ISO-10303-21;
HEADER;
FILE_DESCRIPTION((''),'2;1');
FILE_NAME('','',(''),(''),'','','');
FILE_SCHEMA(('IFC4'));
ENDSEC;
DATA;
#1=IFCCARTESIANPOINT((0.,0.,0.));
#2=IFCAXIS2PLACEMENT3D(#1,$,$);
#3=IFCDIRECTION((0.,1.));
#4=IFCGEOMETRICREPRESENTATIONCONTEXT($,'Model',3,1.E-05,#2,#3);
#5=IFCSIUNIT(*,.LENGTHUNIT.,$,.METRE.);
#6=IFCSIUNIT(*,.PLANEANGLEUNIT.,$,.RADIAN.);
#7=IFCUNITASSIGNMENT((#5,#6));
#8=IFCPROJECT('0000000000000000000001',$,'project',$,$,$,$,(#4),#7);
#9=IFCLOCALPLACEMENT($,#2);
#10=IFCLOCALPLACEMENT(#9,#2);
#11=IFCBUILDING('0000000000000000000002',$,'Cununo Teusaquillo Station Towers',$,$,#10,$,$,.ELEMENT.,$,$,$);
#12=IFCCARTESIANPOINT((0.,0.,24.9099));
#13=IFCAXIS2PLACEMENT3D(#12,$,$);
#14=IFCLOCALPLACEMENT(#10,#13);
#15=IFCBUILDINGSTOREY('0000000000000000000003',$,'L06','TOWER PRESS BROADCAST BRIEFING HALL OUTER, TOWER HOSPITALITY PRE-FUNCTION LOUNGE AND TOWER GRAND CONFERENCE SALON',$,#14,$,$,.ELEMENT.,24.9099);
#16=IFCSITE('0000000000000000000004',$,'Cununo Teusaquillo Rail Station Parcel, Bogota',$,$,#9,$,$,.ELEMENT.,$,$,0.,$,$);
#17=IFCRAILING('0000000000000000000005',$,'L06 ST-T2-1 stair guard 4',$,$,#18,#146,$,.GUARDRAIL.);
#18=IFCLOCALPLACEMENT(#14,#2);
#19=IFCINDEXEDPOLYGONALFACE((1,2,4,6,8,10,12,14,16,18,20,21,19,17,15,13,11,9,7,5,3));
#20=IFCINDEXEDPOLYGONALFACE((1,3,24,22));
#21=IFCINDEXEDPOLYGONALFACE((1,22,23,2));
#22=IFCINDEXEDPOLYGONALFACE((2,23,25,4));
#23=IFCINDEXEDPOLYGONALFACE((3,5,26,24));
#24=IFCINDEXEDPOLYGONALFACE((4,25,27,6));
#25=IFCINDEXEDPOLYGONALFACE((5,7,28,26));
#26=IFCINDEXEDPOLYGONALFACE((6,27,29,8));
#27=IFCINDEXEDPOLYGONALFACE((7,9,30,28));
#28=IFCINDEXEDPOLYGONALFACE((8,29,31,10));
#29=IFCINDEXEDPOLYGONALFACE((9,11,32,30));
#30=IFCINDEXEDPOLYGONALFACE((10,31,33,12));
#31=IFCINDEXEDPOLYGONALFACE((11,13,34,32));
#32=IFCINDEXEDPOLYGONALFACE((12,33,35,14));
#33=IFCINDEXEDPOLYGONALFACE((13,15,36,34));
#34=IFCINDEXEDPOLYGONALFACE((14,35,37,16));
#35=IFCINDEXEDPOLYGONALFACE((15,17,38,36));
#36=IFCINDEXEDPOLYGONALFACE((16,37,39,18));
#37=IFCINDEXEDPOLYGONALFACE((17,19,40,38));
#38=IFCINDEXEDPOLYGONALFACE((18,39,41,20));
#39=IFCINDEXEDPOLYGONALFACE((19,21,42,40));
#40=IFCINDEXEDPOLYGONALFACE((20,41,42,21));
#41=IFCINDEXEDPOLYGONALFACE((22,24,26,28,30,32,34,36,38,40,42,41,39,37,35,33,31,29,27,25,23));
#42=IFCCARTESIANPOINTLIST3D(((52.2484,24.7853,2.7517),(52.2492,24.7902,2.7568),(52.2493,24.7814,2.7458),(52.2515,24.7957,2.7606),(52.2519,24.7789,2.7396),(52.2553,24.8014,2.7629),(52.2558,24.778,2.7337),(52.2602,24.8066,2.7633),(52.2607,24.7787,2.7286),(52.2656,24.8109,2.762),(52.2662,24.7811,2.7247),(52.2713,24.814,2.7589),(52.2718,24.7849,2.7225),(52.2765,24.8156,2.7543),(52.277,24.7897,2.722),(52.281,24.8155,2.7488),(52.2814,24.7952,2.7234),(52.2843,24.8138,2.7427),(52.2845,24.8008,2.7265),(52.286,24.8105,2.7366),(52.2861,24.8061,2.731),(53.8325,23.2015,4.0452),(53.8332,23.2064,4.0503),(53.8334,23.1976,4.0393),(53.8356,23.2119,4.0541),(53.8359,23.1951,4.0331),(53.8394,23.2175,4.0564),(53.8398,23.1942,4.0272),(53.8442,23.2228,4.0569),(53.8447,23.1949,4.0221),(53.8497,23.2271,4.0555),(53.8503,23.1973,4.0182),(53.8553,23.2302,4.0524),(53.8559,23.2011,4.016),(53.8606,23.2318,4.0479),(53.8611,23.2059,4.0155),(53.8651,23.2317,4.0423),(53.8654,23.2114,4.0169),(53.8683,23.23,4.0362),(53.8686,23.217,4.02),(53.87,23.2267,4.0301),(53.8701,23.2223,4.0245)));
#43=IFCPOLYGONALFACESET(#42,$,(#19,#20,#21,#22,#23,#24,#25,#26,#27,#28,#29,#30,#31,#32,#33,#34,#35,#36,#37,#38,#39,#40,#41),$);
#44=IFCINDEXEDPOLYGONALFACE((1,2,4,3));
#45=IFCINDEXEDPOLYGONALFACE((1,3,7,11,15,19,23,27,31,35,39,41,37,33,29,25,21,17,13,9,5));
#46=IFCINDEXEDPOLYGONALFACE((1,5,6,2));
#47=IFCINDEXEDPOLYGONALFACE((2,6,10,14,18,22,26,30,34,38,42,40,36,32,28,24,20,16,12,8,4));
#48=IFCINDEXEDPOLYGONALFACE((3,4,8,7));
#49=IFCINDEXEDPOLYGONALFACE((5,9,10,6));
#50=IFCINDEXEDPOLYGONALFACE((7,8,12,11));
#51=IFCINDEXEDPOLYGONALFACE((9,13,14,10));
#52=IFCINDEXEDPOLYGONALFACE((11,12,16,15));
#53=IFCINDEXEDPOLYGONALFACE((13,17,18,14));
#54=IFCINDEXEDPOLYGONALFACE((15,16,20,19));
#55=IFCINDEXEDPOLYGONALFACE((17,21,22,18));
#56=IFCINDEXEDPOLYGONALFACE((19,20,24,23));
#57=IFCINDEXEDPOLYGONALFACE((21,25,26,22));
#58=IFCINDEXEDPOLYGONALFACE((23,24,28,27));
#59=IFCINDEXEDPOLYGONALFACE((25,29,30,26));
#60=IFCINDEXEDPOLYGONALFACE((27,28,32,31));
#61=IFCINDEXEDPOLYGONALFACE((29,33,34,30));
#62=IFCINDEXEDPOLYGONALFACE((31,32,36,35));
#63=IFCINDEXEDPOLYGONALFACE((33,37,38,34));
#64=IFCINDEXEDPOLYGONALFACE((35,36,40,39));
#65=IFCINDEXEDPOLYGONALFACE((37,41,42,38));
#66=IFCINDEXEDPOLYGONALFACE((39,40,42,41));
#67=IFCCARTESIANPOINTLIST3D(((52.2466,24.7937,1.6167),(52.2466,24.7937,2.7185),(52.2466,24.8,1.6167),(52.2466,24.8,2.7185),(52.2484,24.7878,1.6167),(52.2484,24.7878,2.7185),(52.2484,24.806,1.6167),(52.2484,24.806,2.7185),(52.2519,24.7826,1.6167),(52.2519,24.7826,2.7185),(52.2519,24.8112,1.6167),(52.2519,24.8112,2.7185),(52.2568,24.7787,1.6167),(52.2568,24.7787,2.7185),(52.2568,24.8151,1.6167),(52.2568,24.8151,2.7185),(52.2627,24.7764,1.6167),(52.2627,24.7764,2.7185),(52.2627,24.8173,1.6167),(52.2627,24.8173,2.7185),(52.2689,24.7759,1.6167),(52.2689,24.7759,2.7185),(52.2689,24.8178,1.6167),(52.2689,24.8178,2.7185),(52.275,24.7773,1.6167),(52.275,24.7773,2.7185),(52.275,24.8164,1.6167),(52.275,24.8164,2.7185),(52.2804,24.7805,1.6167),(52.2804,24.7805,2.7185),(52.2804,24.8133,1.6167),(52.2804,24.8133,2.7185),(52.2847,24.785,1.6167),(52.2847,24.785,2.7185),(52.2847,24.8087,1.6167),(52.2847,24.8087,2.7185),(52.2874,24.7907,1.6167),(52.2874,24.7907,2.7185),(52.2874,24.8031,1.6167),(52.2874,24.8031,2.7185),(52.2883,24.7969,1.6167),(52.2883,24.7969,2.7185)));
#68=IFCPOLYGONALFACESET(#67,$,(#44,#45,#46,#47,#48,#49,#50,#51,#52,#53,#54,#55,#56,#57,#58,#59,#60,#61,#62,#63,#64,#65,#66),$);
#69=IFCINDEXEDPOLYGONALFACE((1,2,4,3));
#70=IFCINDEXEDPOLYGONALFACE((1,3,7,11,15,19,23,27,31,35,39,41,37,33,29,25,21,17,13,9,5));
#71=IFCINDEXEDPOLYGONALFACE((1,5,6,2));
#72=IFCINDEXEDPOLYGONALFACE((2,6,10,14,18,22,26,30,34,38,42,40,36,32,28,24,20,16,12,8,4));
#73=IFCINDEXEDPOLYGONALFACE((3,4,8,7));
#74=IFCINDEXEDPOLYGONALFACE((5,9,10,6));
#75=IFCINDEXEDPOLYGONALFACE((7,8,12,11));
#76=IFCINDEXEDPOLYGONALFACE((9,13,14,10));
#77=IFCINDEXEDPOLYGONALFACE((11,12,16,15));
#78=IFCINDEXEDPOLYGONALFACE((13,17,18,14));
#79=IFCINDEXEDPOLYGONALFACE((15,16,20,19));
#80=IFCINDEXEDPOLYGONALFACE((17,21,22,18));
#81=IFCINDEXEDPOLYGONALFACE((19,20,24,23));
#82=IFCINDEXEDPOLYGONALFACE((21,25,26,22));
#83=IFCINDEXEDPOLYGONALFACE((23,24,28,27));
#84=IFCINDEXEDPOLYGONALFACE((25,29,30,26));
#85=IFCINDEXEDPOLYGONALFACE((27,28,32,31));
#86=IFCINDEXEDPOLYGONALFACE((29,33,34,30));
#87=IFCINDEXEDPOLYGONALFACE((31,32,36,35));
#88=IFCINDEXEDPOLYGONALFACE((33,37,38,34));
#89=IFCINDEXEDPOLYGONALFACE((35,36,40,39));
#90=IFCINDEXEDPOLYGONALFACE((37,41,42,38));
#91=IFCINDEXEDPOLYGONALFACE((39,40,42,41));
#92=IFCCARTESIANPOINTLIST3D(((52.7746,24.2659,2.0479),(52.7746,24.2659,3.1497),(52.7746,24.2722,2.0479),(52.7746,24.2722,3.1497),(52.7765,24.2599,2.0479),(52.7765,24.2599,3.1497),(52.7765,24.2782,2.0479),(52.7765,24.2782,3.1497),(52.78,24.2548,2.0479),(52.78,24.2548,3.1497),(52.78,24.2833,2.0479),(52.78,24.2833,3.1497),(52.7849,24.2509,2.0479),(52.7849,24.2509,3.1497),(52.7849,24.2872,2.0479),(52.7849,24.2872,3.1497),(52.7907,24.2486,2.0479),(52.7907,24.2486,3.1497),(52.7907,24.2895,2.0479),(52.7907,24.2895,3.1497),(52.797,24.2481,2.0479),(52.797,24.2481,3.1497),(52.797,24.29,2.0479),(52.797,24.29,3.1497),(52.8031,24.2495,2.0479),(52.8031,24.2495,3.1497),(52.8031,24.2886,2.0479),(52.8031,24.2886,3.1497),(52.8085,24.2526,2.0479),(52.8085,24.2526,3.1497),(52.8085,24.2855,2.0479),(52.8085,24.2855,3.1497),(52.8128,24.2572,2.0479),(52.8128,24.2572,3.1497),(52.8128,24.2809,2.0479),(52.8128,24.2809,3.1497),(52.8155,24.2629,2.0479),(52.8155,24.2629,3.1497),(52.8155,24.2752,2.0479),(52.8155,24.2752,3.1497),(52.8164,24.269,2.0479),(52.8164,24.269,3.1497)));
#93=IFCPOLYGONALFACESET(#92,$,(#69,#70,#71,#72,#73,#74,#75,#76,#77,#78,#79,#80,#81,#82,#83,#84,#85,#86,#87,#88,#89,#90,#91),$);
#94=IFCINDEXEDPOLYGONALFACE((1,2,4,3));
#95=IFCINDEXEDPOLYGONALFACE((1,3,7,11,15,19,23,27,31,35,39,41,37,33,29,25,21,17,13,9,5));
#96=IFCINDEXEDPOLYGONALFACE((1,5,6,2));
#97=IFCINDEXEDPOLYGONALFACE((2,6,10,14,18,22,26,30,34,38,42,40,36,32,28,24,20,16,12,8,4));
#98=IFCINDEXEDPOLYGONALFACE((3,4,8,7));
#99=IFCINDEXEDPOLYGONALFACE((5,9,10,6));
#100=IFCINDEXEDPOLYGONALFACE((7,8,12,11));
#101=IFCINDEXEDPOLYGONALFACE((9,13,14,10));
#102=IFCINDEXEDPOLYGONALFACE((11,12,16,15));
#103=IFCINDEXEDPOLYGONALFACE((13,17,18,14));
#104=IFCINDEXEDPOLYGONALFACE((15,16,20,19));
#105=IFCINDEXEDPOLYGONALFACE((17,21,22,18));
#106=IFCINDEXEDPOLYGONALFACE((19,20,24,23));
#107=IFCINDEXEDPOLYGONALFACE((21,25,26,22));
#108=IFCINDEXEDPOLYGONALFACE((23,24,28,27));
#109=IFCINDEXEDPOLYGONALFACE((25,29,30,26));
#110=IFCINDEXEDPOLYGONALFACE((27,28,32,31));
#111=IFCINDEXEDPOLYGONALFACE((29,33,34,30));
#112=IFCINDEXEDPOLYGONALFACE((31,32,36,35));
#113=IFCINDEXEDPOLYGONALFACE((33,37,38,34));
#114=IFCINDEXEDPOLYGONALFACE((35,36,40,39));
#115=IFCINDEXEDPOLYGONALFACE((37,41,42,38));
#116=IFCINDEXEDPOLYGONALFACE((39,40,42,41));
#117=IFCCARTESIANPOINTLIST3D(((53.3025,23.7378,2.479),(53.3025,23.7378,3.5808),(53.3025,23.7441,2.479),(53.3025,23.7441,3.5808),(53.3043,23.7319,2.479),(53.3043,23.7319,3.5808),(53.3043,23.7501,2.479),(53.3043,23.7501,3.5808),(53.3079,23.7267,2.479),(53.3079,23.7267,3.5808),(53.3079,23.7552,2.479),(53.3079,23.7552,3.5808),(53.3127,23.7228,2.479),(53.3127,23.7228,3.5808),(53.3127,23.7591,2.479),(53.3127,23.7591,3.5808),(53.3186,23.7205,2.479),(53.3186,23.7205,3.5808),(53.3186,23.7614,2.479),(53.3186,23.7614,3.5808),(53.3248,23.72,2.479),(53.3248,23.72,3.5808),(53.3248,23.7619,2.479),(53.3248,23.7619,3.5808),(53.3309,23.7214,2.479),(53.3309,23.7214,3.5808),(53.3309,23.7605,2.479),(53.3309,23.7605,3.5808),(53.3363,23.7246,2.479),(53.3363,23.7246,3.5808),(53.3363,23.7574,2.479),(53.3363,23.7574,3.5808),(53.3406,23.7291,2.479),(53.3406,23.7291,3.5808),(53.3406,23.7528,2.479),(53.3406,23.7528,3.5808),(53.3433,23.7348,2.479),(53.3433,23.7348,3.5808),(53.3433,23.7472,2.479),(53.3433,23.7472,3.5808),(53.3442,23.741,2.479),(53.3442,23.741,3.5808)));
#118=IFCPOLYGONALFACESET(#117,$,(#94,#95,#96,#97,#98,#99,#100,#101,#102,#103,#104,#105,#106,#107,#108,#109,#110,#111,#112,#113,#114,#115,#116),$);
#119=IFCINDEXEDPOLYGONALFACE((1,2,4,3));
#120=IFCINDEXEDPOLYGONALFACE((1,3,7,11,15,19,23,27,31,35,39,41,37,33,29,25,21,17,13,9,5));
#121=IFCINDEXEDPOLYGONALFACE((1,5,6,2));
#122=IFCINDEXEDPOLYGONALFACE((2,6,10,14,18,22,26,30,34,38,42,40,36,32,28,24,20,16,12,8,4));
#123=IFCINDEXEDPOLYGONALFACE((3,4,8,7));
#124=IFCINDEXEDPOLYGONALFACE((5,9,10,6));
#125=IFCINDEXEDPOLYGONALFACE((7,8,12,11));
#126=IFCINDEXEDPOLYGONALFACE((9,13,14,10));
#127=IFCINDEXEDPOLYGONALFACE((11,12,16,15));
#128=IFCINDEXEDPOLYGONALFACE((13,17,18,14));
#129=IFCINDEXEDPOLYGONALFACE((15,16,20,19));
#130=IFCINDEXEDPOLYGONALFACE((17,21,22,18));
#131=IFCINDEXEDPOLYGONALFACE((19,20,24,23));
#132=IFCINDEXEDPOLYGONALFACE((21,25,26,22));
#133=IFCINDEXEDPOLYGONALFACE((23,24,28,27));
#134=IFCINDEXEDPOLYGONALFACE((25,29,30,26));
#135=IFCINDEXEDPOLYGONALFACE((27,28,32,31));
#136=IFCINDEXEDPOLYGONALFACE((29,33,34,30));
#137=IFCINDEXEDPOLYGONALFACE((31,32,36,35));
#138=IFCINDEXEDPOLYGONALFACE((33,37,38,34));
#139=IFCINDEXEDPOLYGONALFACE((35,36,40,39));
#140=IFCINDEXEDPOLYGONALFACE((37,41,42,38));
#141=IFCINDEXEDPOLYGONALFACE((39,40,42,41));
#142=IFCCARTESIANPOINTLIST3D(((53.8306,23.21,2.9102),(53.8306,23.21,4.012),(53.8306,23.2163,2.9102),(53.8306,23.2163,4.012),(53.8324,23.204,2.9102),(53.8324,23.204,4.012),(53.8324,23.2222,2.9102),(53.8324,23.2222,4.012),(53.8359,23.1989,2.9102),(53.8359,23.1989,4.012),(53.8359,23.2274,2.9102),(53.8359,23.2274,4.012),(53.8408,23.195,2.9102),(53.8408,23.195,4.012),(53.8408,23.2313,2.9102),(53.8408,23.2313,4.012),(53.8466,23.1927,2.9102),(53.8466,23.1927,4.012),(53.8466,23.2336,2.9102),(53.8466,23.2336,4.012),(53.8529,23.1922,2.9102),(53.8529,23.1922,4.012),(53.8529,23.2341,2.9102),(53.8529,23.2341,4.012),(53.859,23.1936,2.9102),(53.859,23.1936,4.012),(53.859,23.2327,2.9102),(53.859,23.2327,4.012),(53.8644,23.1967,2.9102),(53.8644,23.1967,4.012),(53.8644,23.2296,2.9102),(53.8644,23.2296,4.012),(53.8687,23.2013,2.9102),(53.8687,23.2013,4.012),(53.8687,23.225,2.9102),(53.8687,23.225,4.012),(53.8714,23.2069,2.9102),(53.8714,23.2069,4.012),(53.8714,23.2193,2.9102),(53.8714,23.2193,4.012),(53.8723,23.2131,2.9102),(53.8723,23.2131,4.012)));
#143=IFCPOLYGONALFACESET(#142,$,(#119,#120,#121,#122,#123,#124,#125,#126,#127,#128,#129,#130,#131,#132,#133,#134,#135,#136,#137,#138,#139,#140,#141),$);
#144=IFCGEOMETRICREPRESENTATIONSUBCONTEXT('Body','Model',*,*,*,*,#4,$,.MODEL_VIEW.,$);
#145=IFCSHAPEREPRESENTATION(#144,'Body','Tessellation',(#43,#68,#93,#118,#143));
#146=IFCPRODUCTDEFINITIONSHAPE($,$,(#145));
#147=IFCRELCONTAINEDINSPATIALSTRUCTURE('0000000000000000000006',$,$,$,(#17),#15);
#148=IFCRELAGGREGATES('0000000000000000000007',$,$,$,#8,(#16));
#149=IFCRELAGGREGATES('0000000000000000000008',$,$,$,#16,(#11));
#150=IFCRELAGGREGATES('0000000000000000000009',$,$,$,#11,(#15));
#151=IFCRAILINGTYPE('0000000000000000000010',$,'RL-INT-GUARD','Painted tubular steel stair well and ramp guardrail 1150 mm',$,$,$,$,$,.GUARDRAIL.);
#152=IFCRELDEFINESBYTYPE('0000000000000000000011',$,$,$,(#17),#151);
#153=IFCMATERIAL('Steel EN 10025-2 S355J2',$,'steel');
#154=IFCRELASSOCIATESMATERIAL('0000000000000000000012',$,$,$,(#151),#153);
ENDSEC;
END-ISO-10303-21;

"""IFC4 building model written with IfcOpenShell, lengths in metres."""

from ifc_helpers import new_model, si_unit, direction, frame, origin, origin_2d, place, context, subcontext, project, spatial, circle, extrude, material, type_object, element, save


model = new_model("IFC4")

# Units and contexts
model_context = context("Model", 3, precision=1e-05, world=origin(), true_north=direction((0.0, 1.0)))
body_context = subcontext(model_context, "Body", "Model", "MODEL_VIEW")
ifc_project = project(units=[si_unit("LENGTHUNIT", "METRE"), si_unit("PLANEANGLEUNIT", "RADIAN")], contexts=[model_context])

# Site, building, storey
site_placement = place(None, origin())
site = spatial("IfcSite", under=ifc_project, at=site_placement, Name="Cununo Teusaquillo Rail Station Parcel, Bogota", CompositionType="ELEMENT", RefElevation=0.0)
building_placement = place(site_placement, origin())
building = spatial("IfcBuilding", under=site, at=building_placement, Name="Cununo Teusaquillo Station Towers", CompositionType="ELEMENT")
storey_placement = place(building_placement, frame((0.0, 0.0, 24.9099)))
storey = spatial("IfcBuildingStorey", under=building, at=storey_placement, Name="L06", Description="TOWER PRESS BROADCAST BRIEFING HALL OUTER, TOWER HOSPITALITY PRE-FUNCTION LOUNGE AND TOWER GRAND CONFERENCE SALON", CompositionType="ELEMENT", Elevation=24.9099)

# Railing
ifc_material_1 = material(Name="Steel EN 10025-2 S355J2", Category="steel")
railing_type_1 = type_object("IfcRailingType", Name="RL-INT-GUARD", Description="Painted tubular steel stair well and ramp guardrail 1150 mm", PredefinedType="GUARDRAIL", material=ifc_material_1)
railing_1_placement = place(storey_placement, frame((52.2673, 24.7969, 1.6167)))
element("IfcRailing", 1, at=railing_1_placement, inside=storey, type_object=railing_type_1, Name="L06 ST-T2-1 stair guard 4", PredefinedType="GUARDRAIL", context=body_context, shape_type="SweptSolid", body=[
    extrude(circle(Radius=0.0239, at=origin_2d()), frame((0.0, 0.0, 1.126), z_axis=(0.612391, -0.612297, 0.500069), x_axis=(0.707052, 0.707161, 0.0)), (0.0, 0.0, 1.0), 2.5867),
    extrude(circle(Radius=0.021, at=origin_2d()), origin(), (0.0, 0.0, 1.0), 1.1018),
    extrude(circle(Radius=0.021, at=origin_2d()), frame((0.5281, -0.5278, 0.4312)), (0.0, 0.0, 1.0), 1.1018),
    extrude(circle(Radius=0.021, at=origin_2d()), frame((1.0559, -1.0559, 0.8623)), (0.0, 0.0, 1.0), 1.1018),
    extrude(circle(Radius=0.021, at=origin_2d()), frame((1.584, -1.5837, 1.2935)), (0.0, 0.0, 1.0), 1.1018),
])

save(model, "model.ifc")
